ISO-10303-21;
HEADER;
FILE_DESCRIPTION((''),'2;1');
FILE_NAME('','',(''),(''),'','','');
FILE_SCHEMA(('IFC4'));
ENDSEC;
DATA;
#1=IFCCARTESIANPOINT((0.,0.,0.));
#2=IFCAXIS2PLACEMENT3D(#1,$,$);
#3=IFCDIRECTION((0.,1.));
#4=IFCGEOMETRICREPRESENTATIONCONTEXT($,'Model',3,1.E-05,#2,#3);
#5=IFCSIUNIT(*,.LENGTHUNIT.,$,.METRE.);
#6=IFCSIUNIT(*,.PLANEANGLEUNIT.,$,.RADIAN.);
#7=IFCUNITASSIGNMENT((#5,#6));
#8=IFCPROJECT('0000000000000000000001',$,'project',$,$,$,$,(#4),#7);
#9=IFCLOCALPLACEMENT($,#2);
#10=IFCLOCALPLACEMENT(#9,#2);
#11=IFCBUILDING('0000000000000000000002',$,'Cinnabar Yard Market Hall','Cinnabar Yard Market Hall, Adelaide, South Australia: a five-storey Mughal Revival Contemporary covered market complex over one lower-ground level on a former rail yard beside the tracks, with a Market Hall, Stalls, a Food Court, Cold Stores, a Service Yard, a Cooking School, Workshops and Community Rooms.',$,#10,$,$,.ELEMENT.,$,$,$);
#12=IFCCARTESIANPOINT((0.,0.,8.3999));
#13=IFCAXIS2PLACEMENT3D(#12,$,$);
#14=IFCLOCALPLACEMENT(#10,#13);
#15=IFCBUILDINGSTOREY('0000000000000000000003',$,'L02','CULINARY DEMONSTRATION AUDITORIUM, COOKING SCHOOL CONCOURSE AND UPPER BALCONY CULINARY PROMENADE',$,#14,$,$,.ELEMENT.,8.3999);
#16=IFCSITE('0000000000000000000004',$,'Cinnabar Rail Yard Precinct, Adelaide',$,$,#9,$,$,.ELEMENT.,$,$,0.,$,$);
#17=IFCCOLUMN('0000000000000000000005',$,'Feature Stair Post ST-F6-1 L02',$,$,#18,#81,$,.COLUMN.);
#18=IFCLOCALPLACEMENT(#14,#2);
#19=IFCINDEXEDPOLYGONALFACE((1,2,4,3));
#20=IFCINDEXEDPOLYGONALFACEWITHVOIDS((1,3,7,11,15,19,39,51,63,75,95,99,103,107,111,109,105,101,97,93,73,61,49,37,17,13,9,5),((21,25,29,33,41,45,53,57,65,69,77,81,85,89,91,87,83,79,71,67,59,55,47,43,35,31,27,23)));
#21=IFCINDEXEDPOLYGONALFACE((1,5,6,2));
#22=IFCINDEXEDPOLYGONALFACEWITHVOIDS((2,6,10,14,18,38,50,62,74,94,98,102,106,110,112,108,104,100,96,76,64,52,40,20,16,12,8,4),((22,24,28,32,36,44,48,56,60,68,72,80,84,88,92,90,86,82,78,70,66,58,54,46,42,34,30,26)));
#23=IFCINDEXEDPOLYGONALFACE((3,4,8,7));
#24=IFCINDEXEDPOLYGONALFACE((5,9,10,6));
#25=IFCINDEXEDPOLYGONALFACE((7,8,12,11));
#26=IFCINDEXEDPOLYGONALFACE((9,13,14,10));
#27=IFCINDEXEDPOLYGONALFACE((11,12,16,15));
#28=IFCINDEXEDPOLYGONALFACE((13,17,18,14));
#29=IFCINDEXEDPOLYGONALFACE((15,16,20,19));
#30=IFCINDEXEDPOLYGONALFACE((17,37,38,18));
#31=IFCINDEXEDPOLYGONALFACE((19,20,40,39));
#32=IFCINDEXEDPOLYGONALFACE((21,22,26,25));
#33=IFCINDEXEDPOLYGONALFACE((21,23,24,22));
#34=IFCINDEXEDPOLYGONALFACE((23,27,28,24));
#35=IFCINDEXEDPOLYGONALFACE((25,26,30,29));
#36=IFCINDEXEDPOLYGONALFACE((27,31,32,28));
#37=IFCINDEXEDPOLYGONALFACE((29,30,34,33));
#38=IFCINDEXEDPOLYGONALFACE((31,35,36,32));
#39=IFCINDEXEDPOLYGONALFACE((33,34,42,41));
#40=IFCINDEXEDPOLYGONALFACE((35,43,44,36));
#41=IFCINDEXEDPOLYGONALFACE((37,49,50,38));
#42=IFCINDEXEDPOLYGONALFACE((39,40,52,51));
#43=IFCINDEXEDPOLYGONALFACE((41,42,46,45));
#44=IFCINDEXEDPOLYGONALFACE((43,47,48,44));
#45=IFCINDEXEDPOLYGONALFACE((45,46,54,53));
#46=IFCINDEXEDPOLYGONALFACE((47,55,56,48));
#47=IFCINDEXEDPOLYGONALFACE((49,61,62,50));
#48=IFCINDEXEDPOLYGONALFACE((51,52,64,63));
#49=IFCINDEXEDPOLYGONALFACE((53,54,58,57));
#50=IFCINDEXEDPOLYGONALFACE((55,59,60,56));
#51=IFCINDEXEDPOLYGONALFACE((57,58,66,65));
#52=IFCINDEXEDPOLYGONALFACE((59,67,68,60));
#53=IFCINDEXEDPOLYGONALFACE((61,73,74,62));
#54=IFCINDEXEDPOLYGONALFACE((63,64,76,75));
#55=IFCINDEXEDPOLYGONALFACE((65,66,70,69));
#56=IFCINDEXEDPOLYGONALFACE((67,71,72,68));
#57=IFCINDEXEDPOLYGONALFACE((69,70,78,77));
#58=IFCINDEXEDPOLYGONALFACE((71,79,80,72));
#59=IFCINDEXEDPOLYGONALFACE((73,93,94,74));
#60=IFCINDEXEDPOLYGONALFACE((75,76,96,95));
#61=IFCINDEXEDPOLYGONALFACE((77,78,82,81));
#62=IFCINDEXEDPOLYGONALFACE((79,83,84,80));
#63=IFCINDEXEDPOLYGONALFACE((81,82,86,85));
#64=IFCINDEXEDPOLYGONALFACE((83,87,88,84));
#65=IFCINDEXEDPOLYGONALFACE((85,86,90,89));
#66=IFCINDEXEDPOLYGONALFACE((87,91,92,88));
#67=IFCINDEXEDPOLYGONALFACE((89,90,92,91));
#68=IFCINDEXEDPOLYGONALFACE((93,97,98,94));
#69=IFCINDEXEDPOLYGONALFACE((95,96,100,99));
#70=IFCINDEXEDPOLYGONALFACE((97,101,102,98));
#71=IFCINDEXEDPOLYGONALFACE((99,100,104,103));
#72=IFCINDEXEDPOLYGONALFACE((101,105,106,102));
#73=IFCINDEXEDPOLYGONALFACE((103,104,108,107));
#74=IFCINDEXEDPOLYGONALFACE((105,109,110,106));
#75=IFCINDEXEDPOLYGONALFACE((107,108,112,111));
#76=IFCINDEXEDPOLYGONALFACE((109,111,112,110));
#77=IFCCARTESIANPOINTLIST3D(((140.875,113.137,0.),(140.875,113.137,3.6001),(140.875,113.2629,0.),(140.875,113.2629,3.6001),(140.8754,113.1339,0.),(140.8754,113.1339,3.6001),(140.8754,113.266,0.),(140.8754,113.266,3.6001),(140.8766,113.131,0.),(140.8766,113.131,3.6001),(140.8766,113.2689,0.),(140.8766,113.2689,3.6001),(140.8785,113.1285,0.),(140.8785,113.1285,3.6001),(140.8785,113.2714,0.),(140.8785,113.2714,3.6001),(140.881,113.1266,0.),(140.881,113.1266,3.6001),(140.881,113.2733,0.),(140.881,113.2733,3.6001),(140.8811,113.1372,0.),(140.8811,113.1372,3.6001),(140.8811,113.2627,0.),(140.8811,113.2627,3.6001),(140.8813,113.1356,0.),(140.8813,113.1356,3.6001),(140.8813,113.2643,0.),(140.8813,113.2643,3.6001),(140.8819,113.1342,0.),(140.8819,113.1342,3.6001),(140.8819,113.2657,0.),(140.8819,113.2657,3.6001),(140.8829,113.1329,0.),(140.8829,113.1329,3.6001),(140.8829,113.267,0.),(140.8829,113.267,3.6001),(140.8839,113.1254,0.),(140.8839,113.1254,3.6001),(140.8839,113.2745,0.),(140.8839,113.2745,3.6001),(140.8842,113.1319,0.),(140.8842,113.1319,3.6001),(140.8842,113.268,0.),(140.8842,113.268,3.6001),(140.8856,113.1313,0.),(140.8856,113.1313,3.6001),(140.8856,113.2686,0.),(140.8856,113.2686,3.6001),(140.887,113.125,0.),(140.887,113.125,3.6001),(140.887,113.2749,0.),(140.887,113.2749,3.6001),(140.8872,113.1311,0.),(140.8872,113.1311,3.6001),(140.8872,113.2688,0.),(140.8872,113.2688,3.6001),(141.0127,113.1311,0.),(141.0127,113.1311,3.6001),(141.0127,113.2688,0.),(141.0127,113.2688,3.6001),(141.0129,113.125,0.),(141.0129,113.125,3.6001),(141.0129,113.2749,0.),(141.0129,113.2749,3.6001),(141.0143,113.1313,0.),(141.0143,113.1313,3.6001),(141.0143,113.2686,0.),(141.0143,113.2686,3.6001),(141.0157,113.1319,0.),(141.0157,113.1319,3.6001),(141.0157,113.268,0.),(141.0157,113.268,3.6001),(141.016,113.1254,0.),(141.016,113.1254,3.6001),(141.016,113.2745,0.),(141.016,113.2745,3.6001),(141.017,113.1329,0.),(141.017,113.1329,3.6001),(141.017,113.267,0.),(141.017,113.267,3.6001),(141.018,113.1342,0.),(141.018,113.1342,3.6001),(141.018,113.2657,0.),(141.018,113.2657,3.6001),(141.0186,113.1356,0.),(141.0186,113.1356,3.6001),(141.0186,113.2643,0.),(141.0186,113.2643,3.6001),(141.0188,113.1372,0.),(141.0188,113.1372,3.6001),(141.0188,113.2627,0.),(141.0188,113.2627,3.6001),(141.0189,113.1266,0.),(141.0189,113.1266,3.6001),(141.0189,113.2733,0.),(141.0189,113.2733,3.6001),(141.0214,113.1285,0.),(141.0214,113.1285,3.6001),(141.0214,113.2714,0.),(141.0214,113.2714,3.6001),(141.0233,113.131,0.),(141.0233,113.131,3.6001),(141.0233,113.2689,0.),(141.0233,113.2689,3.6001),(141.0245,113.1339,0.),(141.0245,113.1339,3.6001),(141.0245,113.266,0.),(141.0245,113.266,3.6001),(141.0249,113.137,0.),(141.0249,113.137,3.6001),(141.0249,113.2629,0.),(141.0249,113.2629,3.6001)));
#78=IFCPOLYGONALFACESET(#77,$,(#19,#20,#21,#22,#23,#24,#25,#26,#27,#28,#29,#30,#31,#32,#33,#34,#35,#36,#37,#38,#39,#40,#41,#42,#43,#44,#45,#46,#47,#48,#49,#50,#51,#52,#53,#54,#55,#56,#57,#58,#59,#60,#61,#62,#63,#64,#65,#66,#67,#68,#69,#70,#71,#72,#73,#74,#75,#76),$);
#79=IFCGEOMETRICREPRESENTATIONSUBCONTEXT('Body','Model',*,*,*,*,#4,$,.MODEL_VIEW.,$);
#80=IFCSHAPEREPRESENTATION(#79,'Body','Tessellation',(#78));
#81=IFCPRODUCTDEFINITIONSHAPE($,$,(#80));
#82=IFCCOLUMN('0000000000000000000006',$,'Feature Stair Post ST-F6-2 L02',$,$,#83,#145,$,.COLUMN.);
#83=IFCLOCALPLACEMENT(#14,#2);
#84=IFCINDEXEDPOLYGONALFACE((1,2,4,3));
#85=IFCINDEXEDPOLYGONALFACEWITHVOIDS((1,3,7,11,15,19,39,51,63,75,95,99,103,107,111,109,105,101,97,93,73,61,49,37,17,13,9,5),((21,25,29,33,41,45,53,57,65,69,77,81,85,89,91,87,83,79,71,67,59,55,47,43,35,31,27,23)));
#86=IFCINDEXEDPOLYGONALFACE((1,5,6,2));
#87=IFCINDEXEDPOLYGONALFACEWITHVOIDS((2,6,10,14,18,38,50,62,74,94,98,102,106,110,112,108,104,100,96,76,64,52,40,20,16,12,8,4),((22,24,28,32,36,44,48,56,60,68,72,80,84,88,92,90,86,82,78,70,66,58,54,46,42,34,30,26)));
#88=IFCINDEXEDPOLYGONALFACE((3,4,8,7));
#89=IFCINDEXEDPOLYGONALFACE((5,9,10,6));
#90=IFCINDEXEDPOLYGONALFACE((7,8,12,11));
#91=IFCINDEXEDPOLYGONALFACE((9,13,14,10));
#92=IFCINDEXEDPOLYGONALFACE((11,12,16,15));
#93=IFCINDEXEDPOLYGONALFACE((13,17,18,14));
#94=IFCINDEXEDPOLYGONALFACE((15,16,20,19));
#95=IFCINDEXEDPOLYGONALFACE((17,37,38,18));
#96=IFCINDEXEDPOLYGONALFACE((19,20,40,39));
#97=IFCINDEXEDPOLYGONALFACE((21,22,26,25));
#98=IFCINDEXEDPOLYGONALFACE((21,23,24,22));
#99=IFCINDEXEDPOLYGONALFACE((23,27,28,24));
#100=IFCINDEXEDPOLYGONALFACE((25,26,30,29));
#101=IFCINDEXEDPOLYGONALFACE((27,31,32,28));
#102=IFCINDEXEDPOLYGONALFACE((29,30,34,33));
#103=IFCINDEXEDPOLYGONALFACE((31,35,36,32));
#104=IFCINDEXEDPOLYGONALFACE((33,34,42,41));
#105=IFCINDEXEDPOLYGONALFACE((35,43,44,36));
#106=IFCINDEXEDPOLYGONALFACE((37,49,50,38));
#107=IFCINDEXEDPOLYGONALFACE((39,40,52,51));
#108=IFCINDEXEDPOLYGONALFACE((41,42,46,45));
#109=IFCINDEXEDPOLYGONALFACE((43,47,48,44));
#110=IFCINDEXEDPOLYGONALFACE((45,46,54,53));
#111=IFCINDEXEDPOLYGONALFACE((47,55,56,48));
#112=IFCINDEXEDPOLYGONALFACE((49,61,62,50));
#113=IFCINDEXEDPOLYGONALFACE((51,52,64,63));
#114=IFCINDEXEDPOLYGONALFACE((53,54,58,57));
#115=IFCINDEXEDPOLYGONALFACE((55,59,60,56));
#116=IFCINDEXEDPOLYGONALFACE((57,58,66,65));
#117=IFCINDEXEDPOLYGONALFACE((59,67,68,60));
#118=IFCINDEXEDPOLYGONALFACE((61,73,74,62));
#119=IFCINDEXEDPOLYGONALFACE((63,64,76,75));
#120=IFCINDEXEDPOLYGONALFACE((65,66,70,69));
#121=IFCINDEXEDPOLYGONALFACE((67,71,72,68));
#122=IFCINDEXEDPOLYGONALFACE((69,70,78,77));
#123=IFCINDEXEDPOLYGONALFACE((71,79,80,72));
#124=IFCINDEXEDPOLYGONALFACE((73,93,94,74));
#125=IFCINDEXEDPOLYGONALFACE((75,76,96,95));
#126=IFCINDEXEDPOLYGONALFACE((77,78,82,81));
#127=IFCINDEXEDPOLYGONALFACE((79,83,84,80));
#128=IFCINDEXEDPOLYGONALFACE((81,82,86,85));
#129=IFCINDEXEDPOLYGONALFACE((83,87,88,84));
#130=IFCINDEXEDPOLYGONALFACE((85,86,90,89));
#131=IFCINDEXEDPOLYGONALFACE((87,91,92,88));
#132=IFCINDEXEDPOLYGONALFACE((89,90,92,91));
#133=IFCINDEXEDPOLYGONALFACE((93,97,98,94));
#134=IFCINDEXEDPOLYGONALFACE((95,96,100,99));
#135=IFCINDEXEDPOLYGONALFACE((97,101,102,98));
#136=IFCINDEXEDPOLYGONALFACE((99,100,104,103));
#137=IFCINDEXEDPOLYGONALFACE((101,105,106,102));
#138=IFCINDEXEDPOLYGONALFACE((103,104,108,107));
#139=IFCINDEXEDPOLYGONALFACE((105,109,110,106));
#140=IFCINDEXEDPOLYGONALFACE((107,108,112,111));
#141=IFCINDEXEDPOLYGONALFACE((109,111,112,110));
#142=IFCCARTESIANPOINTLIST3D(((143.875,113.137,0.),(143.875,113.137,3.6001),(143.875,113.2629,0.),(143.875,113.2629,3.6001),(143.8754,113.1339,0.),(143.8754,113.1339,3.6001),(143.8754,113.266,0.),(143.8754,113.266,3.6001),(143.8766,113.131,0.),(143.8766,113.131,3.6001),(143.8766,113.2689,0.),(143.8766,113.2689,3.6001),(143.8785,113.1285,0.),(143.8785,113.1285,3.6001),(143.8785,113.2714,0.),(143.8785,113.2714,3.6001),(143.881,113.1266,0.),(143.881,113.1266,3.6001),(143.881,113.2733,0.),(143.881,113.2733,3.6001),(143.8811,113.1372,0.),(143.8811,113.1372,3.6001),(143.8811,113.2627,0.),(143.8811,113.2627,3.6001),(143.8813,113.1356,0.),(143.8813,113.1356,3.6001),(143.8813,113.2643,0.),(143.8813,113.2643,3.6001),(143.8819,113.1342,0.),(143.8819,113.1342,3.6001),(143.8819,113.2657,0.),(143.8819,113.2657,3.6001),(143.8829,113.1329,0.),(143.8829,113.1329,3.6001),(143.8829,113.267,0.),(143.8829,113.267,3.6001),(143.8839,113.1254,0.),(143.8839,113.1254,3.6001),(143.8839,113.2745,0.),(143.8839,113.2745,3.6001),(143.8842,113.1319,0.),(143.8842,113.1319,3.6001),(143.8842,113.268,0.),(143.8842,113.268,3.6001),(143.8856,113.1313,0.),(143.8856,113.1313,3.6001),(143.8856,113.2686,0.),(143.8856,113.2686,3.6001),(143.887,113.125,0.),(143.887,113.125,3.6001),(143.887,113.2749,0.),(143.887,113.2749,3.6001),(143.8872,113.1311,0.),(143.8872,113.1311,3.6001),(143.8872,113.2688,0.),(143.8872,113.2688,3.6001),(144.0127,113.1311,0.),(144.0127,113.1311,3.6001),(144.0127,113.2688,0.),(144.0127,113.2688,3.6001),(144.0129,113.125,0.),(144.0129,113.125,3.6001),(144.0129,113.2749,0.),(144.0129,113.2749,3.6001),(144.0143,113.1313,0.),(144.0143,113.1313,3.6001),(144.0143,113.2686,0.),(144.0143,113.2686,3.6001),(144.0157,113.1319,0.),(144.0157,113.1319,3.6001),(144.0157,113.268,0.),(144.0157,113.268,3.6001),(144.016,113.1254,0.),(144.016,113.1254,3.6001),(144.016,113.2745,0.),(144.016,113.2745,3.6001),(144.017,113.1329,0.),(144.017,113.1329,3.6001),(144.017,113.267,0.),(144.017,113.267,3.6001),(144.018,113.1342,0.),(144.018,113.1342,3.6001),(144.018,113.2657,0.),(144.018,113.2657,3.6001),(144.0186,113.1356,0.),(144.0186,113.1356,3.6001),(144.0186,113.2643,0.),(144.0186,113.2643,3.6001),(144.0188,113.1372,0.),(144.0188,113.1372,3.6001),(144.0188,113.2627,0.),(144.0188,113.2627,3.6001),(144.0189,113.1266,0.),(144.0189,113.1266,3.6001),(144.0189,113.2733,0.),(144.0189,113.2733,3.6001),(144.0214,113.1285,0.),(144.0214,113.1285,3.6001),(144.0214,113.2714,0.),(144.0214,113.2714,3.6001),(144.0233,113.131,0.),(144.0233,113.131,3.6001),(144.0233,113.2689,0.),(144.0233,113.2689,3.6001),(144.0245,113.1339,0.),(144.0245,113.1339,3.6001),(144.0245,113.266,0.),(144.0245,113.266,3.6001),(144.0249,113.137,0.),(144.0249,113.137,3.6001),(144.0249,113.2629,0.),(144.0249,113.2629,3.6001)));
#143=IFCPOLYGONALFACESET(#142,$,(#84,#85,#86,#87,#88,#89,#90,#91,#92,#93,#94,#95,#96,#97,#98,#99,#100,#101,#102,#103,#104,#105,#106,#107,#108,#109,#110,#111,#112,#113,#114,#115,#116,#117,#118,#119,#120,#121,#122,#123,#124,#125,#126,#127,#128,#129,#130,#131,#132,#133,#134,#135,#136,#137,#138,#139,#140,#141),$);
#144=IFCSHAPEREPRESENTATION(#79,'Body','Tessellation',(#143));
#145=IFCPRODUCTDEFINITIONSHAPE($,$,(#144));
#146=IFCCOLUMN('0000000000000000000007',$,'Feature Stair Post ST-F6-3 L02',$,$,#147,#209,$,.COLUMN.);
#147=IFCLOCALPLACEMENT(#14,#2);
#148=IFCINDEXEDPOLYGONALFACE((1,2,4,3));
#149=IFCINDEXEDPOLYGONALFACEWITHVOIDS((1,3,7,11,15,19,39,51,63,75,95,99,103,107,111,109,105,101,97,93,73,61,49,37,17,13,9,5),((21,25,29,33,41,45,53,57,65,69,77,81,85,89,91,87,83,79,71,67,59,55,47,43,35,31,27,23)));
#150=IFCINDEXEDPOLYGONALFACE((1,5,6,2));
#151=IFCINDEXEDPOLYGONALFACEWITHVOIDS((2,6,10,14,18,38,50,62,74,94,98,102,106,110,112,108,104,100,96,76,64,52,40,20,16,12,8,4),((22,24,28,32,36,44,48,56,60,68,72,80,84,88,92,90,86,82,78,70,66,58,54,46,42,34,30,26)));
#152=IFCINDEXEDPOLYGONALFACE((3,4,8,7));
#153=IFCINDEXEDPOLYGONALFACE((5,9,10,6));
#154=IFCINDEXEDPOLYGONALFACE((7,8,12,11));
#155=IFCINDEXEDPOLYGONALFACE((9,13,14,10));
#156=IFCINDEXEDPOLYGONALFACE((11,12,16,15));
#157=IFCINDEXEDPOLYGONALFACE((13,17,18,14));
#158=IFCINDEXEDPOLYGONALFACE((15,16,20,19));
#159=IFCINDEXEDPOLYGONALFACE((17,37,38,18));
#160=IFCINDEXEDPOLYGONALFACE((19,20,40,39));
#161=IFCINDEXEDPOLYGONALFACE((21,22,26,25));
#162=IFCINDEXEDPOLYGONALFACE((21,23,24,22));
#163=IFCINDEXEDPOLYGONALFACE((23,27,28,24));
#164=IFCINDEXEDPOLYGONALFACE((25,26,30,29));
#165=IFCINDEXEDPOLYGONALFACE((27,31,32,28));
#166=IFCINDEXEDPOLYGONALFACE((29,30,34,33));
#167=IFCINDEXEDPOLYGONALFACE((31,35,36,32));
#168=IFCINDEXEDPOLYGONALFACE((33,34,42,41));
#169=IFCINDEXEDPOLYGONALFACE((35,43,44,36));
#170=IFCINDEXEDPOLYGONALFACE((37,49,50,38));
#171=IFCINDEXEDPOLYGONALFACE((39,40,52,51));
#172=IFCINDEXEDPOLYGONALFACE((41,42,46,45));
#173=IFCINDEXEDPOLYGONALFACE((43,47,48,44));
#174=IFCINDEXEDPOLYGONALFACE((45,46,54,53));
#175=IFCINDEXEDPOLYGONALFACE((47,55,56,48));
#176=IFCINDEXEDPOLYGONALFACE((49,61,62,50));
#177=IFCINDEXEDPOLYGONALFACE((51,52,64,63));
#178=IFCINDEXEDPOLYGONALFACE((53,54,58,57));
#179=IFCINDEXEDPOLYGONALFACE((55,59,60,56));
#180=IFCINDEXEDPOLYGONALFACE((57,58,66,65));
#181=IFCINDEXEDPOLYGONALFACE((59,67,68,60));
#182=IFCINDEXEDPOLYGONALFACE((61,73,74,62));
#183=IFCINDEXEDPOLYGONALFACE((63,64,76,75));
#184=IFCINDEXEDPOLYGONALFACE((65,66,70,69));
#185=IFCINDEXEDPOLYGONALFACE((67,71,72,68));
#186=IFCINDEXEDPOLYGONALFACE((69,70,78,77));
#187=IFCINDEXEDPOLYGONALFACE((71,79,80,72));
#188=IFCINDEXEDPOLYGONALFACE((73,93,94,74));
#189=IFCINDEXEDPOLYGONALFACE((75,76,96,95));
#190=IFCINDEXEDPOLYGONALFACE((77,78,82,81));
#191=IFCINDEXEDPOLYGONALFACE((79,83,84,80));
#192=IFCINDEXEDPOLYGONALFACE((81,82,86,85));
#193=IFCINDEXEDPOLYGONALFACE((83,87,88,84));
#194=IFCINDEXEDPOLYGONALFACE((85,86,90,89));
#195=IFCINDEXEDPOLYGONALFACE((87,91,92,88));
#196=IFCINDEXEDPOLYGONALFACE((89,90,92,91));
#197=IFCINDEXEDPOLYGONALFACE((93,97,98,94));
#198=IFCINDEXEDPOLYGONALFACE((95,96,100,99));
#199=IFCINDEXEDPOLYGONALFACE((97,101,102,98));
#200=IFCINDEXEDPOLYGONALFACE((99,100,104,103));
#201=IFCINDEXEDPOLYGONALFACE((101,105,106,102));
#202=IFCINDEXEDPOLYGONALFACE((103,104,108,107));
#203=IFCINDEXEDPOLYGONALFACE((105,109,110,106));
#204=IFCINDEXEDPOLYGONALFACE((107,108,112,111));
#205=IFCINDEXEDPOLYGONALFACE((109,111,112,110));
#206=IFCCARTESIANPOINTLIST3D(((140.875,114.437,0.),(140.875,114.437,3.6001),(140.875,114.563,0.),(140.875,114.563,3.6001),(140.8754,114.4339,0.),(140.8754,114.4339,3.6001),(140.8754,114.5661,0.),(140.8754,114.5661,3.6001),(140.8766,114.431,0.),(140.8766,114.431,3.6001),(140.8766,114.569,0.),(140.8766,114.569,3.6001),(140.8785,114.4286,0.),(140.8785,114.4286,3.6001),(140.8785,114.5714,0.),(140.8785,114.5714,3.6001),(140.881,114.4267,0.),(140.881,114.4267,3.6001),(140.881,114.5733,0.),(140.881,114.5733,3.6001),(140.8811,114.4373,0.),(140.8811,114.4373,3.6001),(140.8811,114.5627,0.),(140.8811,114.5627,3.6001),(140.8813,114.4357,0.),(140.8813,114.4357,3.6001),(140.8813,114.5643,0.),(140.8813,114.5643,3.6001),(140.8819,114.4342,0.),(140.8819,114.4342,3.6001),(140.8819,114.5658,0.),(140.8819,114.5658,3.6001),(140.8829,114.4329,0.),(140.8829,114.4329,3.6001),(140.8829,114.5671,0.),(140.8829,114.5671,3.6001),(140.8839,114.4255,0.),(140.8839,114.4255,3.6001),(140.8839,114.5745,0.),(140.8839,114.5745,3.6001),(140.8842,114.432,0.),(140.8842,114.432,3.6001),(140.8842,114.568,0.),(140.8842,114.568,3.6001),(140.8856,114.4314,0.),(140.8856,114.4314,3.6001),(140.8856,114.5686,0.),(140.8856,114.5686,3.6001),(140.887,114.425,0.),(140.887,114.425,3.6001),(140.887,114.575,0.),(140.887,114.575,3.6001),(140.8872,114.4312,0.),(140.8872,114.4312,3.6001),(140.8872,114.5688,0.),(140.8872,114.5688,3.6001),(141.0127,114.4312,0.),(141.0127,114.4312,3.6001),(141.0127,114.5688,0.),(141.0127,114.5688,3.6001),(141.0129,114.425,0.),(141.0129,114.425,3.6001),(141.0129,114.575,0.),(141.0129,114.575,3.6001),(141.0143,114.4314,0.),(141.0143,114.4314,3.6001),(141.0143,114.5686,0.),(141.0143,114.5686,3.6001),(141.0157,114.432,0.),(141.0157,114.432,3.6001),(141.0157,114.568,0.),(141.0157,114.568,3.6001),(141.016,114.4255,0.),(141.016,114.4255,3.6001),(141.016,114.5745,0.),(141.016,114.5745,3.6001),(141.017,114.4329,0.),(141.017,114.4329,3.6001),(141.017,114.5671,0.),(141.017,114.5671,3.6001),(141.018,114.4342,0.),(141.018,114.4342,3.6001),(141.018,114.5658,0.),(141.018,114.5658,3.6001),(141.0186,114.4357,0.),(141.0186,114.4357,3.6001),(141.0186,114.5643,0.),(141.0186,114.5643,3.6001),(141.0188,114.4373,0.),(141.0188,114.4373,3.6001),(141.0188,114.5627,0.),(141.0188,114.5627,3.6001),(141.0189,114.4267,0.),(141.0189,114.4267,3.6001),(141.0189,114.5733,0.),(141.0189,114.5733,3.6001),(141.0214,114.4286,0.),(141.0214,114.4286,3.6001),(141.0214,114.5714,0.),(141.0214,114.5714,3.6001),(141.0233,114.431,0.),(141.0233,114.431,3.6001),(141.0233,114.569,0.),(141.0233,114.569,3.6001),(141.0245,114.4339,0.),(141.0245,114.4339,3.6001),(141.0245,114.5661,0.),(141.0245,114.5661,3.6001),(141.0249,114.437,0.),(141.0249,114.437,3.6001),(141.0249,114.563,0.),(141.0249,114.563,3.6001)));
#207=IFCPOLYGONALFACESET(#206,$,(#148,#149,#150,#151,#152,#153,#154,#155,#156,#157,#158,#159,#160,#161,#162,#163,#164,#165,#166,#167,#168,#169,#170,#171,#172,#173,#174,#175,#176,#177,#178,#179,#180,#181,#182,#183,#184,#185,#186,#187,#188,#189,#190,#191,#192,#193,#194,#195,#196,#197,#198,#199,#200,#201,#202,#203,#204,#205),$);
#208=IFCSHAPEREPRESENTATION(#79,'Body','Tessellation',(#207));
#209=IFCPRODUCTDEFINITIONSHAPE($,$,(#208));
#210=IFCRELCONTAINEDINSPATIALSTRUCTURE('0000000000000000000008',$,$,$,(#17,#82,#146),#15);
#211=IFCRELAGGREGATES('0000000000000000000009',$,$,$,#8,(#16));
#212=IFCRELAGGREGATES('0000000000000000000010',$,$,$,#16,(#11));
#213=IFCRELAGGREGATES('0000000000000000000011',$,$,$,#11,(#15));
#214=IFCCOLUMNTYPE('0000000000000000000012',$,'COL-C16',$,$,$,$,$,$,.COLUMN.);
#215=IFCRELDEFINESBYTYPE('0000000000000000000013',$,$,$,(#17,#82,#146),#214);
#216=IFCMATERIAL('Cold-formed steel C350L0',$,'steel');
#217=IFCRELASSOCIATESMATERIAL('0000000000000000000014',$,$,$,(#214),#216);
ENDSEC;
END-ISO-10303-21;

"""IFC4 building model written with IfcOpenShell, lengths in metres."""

from ifc_helpers import new_model, si_unit, direction, frame, origin, origin_2d_with_axis, place, context, subcontext, project, spatial, hollow_rectangle, extrude, material, material_profile, profile_set, type_object, element, save


model = new_model("IFC4")

# Units and contexts
model_context = context("Model", 3, precision=1e-05, world=origin(), true_north=direction((0.0, 1.0)))
body_context = subcontext(model_context, "Body", "Model", "MODEL_VIEW")
ifc_project = project(units=[si_unit("LENGTHUNIT", "METRE"), si_unit("PLANEANGLEUNIT", "RADIAN")], contexts=[model_context])

# Site, building, storey
site_placement = place(None, origin())
site = spatial("IfcSite", under=ifc_project, at=site_placement, Name="Cinnabar Rail Yard Precinct, Adelaide", CompositionType="ELEMENT", RefElevation=0.0)
building_placement = place(site_placement, origin())
building = spatial("IfcBuilding", under=site, at=building_placement, Name="Cinnabar Yard Market Hall", Description="Cinnabar Yard Market Hall, Adelaide, South Australia: a five-storey Mughal Revival Contemporary covered market complex over one lower-ground level on a former rail yard beside the tracks, with a Market Hall, Stalls, a Food Court, Cold Stores, a Service Yard, a Cooking School, Workshops and Community Rooms.", CompositionType="ELEMENT")
storey_placement = place(building_placement, frame((0.0, 0.0, 8.3999)))
storey = spatial("IfcBuildingStorey", under=building, at=storey_placement, Name="L02", Description="CULINARY DEMONSTRATION AUDITORIUM, COOKING SCHOOL CONCOURSE AND UPPER BALCONY CULINARY PROMENADE", CompositionType="ELEMENT", Elevation=8.3999)

# Columns
ifc_material_1 = material(Name="Cold-formed steel C350L0", Category="steel")
ifc_material_profile_1 = material_profile(ifc_material_1, hollow_rectangle(XDim=0.1499, YDim=0.1499, WallThickness=0.0061, InnerFilletRadius=0.0061, OuterFilletRadius=0.012, at=origin_2d_with_axis()), Name="150x150x6.0SHS")
ifc_profile_set_1 = profile_set([ifc_material_profile_1], Name="Cold-formed steel C350L0")
column_type = type_object("IfcColumnType", Name="COL-C16", PredefinedType="COLUMN", material=ifc_profile_set_1)
for number, where, z_axis, x_axis, name in (
    (1, (140.95, 113.2, 0.0), (0.0, 0.0, 1.0), (1.0, 0.0, 0.0), "Feature Stair Post ST-F6-1 L02"),
    (2, (143.95, 113.2, 0.0), (0.0, 0.0, 1.0), (1.0, 0.0, 0.0), "Feature Stair Post ST-F6-2 L02"),
    (3, (140.95, 114.5, 0.0), (0.0, 0.0, 1.0), (1.0, 0.0, 0.0), "Feature Stair Post ST-F6-3 L02"),
):
    element("IfcColumn", number, at=place(storey_placement, frame(where, z_axis=z_axis, x_axis=x_axis)), inside=storey, type_object=column_type, Name=name, PredefinedType="COLUMN", context=body_context, shape_type="SweptSolid", body=[
        extrude(hollow_rectangle(XDim=0.1499, YDim=0.1499, WallThickness=0.0061, InnerFilletRadius=0.0061, OuterFilletRadius=0.012, at=origin_2d_with_axis()), origin(), (0.0, 0.0, 1.0), 3.6001),
    ])

save(model, "model.ifc")
